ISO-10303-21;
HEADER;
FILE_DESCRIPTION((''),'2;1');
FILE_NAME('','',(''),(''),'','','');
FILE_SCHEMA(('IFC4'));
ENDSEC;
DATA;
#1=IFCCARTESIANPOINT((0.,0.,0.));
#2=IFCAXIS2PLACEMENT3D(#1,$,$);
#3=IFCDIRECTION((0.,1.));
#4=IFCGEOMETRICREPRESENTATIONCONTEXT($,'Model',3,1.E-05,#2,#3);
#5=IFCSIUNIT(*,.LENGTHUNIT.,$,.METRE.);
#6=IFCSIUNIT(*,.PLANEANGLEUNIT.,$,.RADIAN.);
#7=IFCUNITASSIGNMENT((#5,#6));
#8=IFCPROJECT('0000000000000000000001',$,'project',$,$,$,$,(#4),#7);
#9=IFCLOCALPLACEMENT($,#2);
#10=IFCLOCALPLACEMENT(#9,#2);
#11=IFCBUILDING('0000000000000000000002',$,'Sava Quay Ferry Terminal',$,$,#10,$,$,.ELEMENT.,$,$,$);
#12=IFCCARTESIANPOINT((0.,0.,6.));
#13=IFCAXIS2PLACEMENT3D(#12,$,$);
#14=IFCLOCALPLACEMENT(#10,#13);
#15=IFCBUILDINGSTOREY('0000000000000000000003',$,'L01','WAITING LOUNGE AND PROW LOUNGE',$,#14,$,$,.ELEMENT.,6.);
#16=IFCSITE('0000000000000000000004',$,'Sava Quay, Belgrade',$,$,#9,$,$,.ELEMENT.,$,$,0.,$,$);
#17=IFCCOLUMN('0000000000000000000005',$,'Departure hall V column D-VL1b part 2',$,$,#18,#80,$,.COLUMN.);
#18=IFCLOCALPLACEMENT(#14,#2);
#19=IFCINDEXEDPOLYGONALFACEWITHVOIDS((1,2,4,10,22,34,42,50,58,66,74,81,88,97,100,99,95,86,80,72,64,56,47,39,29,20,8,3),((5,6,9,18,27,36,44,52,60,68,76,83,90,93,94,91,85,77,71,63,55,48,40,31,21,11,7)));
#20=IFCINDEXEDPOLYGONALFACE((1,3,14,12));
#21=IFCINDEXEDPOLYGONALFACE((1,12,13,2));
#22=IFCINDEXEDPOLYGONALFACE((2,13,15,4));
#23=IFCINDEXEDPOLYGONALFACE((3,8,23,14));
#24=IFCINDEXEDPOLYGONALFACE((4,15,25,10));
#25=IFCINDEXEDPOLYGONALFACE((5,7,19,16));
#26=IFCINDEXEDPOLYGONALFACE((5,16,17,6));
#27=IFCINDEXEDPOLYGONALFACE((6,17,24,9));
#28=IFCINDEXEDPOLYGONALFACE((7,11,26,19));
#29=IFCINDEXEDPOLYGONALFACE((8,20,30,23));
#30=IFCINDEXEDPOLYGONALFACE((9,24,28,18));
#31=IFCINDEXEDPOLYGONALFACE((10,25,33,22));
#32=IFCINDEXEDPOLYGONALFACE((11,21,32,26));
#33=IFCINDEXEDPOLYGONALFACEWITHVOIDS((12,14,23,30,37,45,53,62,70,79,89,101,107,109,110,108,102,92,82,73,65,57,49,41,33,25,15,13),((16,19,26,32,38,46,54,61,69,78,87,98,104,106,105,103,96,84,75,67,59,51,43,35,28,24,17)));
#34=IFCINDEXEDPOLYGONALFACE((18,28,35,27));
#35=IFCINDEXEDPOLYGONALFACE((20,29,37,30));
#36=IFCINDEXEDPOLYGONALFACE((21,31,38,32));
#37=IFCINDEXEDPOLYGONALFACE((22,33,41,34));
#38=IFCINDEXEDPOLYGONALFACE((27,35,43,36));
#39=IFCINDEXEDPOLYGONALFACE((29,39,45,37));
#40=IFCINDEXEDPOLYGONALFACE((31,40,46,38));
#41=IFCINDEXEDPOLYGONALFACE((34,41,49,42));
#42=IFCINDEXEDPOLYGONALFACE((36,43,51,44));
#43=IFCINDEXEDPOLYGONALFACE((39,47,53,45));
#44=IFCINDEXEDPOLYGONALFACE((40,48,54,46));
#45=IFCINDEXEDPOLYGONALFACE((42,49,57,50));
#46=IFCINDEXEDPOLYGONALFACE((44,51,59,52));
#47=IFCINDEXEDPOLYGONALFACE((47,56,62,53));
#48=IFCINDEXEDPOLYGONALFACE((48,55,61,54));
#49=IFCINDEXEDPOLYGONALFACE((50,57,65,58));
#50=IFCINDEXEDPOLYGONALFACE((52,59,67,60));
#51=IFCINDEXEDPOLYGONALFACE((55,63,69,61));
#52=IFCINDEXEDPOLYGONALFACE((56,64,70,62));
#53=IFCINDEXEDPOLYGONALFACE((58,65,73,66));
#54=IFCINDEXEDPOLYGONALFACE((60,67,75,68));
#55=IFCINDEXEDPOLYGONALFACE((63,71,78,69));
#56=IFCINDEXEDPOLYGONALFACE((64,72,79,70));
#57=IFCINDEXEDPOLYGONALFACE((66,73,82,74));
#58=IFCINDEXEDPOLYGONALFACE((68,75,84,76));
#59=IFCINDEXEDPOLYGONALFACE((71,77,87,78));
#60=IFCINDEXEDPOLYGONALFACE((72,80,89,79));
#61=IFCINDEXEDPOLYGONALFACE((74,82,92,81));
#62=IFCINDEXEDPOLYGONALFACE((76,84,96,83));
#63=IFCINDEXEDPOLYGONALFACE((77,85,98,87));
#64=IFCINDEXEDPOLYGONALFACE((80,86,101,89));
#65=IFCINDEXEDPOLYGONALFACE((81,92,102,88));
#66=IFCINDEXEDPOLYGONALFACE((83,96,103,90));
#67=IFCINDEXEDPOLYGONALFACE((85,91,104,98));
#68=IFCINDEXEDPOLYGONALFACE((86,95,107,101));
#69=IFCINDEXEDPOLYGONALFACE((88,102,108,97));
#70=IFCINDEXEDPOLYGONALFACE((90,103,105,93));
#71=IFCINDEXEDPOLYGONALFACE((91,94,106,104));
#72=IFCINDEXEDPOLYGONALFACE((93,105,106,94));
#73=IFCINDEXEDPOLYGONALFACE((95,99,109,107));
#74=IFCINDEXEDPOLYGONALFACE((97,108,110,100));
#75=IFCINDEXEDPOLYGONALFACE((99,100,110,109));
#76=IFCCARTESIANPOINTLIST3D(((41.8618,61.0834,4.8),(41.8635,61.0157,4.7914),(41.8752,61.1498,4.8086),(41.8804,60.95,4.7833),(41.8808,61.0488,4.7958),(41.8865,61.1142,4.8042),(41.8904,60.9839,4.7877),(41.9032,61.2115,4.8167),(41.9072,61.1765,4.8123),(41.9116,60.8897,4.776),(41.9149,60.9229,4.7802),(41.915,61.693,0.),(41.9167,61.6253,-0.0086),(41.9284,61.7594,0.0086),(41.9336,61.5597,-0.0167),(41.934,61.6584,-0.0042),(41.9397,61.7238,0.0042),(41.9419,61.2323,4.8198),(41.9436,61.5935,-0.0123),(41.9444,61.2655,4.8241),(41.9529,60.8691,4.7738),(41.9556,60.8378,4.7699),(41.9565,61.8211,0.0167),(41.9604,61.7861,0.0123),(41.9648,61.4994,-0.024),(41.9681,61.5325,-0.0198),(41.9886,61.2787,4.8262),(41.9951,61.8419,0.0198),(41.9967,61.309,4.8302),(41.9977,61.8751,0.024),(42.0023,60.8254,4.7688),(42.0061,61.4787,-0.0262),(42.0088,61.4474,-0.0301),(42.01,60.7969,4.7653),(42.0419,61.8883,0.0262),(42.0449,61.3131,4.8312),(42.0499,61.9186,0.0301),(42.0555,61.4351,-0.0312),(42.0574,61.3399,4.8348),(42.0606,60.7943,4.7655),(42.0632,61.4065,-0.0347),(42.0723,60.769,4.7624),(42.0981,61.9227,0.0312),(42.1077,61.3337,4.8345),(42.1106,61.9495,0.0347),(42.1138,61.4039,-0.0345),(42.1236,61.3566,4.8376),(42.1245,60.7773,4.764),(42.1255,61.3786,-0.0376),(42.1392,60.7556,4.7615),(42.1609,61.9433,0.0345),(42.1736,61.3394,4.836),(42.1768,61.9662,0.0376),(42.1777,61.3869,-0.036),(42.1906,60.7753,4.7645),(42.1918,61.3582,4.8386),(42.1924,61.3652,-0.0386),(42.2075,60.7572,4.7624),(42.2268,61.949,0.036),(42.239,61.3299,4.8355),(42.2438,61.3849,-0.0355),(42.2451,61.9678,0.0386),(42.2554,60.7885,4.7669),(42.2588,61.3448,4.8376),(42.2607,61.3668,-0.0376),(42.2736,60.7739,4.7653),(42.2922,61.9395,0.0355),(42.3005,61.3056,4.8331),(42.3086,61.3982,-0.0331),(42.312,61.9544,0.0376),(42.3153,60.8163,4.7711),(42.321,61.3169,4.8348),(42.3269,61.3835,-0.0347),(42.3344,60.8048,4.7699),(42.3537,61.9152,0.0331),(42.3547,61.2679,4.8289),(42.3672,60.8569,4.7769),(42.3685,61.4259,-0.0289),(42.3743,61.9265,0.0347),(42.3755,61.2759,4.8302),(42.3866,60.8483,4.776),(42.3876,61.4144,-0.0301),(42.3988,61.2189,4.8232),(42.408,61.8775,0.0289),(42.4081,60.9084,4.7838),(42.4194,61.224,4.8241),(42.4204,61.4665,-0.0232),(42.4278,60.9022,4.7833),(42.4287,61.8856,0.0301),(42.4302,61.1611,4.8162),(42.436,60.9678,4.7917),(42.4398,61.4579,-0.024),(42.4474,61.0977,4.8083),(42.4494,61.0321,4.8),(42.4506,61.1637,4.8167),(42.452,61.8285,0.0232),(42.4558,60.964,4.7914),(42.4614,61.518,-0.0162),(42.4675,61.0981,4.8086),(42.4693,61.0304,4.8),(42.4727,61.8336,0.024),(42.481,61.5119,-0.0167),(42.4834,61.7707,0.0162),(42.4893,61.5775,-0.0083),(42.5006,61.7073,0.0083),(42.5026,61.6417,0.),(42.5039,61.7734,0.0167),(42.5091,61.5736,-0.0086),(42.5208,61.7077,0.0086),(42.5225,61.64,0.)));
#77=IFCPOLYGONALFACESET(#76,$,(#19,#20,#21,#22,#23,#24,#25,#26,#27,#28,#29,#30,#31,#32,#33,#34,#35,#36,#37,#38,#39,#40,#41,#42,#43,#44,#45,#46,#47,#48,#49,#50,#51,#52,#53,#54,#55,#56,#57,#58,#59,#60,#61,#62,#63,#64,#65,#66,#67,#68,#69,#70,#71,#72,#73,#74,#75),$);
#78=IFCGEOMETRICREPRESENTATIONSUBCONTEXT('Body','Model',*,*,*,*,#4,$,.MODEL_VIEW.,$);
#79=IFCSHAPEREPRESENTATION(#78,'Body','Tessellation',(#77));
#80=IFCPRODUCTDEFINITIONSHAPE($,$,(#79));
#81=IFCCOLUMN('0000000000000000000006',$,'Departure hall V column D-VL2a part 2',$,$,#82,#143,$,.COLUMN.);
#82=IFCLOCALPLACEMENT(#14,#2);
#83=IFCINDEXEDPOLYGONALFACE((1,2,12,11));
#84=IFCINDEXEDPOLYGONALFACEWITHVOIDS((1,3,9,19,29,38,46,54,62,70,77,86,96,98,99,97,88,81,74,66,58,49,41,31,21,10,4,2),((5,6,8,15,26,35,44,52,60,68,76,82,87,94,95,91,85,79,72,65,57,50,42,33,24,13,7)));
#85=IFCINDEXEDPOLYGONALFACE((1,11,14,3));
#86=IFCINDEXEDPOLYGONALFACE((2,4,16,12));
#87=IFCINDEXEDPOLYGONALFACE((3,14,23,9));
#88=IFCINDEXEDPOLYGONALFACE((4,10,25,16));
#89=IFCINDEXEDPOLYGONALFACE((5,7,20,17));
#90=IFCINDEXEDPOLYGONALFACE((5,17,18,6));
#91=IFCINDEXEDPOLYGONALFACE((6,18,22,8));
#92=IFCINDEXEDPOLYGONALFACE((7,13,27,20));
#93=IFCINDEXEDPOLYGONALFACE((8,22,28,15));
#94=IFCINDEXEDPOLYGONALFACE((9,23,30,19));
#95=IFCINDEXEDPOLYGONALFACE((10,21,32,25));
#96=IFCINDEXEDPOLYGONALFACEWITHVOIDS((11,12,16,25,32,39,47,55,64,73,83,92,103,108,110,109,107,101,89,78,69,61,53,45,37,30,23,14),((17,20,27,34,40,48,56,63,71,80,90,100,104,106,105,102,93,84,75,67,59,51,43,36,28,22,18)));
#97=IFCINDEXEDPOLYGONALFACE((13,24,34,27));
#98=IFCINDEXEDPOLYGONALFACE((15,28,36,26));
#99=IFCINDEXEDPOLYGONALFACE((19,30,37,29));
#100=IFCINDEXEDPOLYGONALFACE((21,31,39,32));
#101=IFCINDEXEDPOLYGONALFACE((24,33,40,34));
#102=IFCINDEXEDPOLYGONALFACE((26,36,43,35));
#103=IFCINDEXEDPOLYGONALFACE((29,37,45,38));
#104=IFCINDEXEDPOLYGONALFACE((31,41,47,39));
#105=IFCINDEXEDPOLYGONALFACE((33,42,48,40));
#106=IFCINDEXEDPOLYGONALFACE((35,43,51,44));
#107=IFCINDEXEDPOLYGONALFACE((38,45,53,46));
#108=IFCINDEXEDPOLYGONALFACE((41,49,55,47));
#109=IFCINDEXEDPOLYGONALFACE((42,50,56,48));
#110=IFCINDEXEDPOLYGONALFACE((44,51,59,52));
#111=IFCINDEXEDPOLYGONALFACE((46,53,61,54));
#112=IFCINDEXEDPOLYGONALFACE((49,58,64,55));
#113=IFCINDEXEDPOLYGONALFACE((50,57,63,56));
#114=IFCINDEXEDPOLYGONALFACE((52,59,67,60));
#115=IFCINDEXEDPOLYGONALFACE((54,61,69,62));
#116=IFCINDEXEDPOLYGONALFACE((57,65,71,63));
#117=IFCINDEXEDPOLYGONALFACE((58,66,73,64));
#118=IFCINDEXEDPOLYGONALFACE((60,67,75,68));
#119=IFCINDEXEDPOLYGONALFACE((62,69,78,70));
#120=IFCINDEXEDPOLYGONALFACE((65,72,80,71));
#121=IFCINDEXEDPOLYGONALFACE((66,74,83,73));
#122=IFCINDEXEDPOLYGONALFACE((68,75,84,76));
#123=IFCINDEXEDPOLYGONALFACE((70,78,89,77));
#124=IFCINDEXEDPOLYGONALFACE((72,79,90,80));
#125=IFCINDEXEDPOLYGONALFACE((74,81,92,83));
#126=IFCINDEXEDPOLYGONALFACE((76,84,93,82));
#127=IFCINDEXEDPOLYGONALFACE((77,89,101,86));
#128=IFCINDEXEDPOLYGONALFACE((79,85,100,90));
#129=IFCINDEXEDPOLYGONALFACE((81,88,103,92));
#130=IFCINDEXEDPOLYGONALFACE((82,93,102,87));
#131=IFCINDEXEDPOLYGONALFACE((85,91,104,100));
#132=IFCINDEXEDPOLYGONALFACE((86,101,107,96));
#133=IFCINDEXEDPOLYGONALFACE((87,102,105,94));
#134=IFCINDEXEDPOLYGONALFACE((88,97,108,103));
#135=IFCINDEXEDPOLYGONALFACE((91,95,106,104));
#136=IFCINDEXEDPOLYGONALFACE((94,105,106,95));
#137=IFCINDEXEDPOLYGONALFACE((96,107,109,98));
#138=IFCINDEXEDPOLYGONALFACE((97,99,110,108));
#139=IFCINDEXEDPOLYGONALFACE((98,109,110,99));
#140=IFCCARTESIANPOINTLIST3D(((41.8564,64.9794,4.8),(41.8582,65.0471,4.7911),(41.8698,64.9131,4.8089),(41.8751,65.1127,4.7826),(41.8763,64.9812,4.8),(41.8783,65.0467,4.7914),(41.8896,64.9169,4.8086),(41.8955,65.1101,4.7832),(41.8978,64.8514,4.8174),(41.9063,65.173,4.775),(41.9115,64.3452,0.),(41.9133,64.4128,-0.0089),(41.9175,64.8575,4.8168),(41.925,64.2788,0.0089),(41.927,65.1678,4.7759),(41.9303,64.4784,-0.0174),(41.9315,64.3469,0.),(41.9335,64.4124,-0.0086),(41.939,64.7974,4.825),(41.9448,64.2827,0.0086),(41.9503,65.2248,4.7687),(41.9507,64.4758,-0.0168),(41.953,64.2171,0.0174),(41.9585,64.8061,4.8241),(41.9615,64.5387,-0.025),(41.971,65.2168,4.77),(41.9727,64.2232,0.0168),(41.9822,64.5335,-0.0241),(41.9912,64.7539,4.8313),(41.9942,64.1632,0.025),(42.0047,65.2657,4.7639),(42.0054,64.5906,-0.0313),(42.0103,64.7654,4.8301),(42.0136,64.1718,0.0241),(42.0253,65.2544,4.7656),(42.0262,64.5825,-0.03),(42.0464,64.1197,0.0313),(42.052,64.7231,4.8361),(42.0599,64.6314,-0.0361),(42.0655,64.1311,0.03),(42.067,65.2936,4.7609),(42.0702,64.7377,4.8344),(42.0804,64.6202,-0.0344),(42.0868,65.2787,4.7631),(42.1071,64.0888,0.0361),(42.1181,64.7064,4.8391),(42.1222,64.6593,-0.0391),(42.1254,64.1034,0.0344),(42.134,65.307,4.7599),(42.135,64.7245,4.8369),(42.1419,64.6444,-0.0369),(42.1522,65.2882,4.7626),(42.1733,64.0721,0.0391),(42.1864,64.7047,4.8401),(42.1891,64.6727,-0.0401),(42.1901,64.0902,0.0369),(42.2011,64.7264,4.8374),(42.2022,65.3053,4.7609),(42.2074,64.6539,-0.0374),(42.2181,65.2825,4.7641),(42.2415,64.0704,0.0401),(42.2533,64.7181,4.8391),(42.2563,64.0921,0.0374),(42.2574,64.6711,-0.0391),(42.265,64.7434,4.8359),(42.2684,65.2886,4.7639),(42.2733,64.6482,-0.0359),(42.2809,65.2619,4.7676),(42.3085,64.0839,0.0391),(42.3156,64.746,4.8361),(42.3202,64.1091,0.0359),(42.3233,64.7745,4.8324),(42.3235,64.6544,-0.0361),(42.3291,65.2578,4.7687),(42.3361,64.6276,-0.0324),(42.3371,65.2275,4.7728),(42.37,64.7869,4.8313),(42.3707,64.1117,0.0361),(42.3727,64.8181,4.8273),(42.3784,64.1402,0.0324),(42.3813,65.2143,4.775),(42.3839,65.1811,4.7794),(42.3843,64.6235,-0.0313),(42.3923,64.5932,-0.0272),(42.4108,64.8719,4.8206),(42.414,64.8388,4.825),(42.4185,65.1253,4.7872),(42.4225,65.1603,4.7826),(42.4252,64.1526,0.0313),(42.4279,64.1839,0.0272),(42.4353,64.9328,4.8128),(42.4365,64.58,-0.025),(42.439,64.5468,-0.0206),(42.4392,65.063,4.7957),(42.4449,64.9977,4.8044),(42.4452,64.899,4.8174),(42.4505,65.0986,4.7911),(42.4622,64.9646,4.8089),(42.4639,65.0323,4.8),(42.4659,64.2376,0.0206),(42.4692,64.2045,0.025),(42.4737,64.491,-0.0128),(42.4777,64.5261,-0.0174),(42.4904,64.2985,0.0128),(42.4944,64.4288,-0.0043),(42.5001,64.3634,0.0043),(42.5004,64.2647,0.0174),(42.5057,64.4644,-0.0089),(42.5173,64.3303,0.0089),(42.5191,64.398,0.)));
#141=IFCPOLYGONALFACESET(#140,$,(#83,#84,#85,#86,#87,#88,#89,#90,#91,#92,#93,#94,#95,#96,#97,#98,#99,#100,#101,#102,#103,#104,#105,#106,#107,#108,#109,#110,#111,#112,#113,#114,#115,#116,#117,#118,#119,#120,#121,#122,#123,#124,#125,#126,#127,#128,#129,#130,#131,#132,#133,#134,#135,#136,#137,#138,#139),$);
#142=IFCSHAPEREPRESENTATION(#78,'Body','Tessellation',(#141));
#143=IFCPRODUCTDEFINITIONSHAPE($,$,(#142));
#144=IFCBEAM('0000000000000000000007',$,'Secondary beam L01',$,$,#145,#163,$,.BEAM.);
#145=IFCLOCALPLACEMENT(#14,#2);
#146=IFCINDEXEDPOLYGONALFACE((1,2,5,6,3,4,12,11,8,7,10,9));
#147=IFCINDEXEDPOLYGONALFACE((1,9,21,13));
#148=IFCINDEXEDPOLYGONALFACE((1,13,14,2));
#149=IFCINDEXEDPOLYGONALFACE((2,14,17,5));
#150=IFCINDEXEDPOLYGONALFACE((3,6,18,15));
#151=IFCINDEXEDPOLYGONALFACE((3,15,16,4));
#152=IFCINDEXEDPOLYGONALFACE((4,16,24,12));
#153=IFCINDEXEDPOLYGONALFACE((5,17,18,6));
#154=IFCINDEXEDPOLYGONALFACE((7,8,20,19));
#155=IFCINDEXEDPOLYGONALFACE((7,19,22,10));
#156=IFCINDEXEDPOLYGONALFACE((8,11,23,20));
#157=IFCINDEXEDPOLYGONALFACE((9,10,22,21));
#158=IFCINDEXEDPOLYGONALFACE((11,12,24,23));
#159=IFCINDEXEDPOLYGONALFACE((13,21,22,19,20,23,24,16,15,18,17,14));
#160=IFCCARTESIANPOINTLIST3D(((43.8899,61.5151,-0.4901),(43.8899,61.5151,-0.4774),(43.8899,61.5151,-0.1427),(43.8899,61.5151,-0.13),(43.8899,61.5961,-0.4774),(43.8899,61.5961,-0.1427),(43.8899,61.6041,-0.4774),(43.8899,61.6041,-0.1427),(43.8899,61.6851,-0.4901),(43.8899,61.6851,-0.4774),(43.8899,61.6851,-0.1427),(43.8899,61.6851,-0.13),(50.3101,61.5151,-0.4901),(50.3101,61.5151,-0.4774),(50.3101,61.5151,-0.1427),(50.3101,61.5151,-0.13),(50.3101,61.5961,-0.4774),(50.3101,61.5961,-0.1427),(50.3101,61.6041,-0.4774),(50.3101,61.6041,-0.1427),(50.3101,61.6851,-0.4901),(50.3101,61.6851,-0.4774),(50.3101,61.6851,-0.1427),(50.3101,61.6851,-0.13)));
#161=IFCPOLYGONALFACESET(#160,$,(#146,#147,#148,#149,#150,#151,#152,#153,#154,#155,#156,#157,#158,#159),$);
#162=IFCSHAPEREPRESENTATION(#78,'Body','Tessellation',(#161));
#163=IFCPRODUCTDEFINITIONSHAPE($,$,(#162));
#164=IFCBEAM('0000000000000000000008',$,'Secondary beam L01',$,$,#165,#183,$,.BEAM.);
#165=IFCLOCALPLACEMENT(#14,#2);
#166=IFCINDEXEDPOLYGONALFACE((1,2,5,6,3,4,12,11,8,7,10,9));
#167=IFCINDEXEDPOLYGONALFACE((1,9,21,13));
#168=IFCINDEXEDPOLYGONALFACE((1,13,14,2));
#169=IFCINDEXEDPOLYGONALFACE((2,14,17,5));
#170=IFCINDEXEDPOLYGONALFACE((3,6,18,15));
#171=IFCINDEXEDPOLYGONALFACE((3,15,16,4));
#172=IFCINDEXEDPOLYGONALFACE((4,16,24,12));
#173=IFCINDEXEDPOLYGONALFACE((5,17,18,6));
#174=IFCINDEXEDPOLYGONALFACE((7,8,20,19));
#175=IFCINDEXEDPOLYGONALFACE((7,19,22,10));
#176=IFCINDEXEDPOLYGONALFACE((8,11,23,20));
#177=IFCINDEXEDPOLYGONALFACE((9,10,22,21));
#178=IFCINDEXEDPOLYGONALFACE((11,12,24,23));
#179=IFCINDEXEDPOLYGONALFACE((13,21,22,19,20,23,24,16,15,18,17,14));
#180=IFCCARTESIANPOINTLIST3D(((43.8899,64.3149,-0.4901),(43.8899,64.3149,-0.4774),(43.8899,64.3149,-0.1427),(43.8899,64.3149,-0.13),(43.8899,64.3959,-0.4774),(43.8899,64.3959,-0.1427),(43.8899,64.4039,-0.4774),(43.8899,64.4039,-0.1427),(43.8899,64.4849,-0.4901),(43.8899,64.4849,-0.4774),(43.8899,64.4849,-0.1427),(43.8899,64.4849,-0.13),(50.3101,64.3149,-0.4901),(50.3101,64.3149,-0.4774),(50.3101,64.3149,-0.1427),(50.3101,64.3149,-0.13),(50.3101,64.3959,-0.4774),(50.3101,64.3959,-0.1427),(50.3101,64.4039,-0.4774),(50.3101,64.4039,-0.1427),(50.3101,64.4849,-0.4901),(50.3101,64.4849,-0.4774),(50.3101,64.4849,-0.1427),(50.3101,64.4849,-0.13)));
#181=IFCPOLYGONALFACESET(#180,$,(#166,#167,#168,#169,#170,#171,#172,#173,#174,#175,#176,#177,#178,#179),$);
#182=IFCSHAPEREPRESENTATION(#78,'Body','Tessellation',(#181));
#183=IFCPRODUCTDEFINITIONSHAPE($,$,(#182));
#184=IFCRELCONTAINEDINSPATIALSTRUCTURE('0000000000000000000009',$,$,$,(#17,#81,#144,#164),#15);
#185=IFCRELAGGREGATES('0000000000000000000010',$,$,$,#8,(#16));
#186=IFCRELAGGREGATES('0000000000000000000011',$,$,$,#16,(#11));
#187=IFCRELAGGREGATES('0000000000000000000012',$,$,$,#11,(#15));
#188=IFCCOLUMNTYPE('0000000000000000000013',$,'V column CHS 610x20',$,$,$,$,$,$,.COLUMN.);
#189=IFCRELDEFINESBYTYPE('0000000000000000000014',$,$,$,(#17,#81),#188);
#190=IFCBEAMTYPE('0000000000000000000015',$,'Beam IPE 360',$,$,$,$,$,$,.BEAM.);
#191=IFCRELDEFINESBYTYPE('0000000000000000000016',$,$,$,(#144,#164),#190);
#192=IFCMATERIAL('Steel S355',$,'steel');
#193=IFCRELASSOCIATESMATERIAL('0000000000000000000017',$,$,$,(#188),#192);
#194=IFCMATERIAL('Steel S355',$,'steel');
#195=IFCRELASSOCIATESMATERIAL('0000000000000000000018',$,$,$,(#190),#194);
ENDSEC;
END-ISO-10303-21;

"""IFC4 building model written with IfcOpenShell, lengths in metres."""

from ifc_helpers import new_model, si_unit, direction, frame, origin, origin_2d, place, context, subcontext, project, spatial, hollow_circle, i_section, extrude, material, material_profile, profile_set, type_object, element, save


model = new_model("IFC4")

# Units and contexts
model_context = context("Model", 3, precision=1e-05, world=origin(), true_north=direction((0.0, 1.0)))
body_context = subcontext(model_context, "Body", "Model", "MODEL_VIEW")
ifc_project = project(units=[si_unit("LENGTHUNIT", "METRE"), si_unit("PLANEANGLEUNIT", "RADIAN")], contexts=[model_context])

# Site, building, storey
site_placement = place(None, origin())
site = spatial("IfcSite", under=ifc_project, at=site_placement, Name="Sava Quay, Belgrade", CompositionType="ELEMENT", RefElevation=0.0)
building_placement = place(site_placement, origin())
building = spatial("IfcBuilding", under=site, at=building_placement, Name="Sava Quay Ferry Terminal", CompositionType="ELEMENT")
storey_placement = place(building_placement, frame((0.0, 0.0, 6.0)))
storey = spatial("IfcBuildingStorey", under=building, at=storey_placement, Name="L01", Description="WAITING LOUNGE AND PROW LOUNGE", CompositionType="ELEMENT", Elevation=6.0)

# Columns
ifc_material_1 = material(Name="Steel S355", Category="steel")
ifc_material_profile_1 = material_profile(ifc_material_1, hollow_circle(Radius=0.3049, WallThickness=0.02, at=origin_2d()), Name="CHS 610 x 20.0")
ifc_profile_set_1 = profile_set([ifc_material_profile_1], Name="Steel S355")
column_type = type_object("IfcColumnType", Name="V column CHS 610x20", PredefinedType="COLUMN", material=ifc_profile_set_1)
column_1_placement = place(storey_placement, frame((42.2188, 61.6665, 0.0), z_axis=(-0.010999, -0.125983, 0.991971), x_axis=(0.996211, -0.086974, 0.0)))
element("IfcColumn", 1, at=column_1_placement, inside=storey, type_object=column_type, Name="Departure hall V column D-VL1b part 2", PredefinedType="COLUMN", context=body_context, shape_type="SweptSolid", body=[
    extrude(hollow_circle(Radius=0.3049, WallThickness=0.02, at=origin_2d()), origin(), (0.0, 0.0, 1.0), 4.8389),
])
column_2_placement = place(storey_placement, frame((42.2153, 64.3716, 0.0), z_axis=(-0.011395, 0.130993, 0.991318), x_axis=(-0.996238, -0.086663, 0.0)))
element("IfcColumn", 2, at=column_2_placement, inside=storey, type_object=column_type, Name="Departure hall V column D-VL2a part 2", PredefinedType="COLUMN", context=body_context, shape_type="SweptSolid", body=[
    extrude(hollow_circle(Radius=0.3049, WallThickness=0.02, at=origin_2d()), origin(), (0.0, 0.0, 1.0), 4.842),
])

# Beams
ifc_material_2 = material(Name="Steel S355", Category="steel")
ifc_material_profile_2 = material_profile(ifc_material_2, i_section(OverallWidth=0.1699, OverallDepth=0.3601, WebThickness=0.0081, FlangeThickness=0.0127, at=origin_2d()), Name="IPE 360")
ifc_profile_set_2 = profile_set([ifc_material_profile_2], Name="Steel S355")
beam_type_1 = type_object("IfcBeamType", Name="Beam IPE 360", PredefinedType="BEAM", material=ifc_profile_set_2)
for number, where, z_axis, x_axis, name in (
    (3, (43.8899, 61.6001, -0.3101), (1.0, 0.0, 0.0), (0.0, 1.0, 0.0), "Secondary beam L01"),
    (4, (43.8899, 64.3999, -0.3101), (1.0, 0.0, 0.0), (0.0, 1.0, 0.0), "Secondary beam L01"),
):
    element("IfcBeam", number, at=place(storey_placement, frame(where, z_axis=z_axis, x_axis=x_axis)), inside=storey, type_object=beam_type_1, Name=name, PredefinedType="BEAM", context=body_context, shape_type="SweptSolid", body=[
        extrude(i_section(OverallWidth=0.1699, OverallDepth=0.3601, WebThickness=0.0081, FlangeThickness=0.0127, at=origin_2d()), origin(), (0.0, 0.0, 1.0), 6.4202),
    ])

save(model, "model.ifc")
